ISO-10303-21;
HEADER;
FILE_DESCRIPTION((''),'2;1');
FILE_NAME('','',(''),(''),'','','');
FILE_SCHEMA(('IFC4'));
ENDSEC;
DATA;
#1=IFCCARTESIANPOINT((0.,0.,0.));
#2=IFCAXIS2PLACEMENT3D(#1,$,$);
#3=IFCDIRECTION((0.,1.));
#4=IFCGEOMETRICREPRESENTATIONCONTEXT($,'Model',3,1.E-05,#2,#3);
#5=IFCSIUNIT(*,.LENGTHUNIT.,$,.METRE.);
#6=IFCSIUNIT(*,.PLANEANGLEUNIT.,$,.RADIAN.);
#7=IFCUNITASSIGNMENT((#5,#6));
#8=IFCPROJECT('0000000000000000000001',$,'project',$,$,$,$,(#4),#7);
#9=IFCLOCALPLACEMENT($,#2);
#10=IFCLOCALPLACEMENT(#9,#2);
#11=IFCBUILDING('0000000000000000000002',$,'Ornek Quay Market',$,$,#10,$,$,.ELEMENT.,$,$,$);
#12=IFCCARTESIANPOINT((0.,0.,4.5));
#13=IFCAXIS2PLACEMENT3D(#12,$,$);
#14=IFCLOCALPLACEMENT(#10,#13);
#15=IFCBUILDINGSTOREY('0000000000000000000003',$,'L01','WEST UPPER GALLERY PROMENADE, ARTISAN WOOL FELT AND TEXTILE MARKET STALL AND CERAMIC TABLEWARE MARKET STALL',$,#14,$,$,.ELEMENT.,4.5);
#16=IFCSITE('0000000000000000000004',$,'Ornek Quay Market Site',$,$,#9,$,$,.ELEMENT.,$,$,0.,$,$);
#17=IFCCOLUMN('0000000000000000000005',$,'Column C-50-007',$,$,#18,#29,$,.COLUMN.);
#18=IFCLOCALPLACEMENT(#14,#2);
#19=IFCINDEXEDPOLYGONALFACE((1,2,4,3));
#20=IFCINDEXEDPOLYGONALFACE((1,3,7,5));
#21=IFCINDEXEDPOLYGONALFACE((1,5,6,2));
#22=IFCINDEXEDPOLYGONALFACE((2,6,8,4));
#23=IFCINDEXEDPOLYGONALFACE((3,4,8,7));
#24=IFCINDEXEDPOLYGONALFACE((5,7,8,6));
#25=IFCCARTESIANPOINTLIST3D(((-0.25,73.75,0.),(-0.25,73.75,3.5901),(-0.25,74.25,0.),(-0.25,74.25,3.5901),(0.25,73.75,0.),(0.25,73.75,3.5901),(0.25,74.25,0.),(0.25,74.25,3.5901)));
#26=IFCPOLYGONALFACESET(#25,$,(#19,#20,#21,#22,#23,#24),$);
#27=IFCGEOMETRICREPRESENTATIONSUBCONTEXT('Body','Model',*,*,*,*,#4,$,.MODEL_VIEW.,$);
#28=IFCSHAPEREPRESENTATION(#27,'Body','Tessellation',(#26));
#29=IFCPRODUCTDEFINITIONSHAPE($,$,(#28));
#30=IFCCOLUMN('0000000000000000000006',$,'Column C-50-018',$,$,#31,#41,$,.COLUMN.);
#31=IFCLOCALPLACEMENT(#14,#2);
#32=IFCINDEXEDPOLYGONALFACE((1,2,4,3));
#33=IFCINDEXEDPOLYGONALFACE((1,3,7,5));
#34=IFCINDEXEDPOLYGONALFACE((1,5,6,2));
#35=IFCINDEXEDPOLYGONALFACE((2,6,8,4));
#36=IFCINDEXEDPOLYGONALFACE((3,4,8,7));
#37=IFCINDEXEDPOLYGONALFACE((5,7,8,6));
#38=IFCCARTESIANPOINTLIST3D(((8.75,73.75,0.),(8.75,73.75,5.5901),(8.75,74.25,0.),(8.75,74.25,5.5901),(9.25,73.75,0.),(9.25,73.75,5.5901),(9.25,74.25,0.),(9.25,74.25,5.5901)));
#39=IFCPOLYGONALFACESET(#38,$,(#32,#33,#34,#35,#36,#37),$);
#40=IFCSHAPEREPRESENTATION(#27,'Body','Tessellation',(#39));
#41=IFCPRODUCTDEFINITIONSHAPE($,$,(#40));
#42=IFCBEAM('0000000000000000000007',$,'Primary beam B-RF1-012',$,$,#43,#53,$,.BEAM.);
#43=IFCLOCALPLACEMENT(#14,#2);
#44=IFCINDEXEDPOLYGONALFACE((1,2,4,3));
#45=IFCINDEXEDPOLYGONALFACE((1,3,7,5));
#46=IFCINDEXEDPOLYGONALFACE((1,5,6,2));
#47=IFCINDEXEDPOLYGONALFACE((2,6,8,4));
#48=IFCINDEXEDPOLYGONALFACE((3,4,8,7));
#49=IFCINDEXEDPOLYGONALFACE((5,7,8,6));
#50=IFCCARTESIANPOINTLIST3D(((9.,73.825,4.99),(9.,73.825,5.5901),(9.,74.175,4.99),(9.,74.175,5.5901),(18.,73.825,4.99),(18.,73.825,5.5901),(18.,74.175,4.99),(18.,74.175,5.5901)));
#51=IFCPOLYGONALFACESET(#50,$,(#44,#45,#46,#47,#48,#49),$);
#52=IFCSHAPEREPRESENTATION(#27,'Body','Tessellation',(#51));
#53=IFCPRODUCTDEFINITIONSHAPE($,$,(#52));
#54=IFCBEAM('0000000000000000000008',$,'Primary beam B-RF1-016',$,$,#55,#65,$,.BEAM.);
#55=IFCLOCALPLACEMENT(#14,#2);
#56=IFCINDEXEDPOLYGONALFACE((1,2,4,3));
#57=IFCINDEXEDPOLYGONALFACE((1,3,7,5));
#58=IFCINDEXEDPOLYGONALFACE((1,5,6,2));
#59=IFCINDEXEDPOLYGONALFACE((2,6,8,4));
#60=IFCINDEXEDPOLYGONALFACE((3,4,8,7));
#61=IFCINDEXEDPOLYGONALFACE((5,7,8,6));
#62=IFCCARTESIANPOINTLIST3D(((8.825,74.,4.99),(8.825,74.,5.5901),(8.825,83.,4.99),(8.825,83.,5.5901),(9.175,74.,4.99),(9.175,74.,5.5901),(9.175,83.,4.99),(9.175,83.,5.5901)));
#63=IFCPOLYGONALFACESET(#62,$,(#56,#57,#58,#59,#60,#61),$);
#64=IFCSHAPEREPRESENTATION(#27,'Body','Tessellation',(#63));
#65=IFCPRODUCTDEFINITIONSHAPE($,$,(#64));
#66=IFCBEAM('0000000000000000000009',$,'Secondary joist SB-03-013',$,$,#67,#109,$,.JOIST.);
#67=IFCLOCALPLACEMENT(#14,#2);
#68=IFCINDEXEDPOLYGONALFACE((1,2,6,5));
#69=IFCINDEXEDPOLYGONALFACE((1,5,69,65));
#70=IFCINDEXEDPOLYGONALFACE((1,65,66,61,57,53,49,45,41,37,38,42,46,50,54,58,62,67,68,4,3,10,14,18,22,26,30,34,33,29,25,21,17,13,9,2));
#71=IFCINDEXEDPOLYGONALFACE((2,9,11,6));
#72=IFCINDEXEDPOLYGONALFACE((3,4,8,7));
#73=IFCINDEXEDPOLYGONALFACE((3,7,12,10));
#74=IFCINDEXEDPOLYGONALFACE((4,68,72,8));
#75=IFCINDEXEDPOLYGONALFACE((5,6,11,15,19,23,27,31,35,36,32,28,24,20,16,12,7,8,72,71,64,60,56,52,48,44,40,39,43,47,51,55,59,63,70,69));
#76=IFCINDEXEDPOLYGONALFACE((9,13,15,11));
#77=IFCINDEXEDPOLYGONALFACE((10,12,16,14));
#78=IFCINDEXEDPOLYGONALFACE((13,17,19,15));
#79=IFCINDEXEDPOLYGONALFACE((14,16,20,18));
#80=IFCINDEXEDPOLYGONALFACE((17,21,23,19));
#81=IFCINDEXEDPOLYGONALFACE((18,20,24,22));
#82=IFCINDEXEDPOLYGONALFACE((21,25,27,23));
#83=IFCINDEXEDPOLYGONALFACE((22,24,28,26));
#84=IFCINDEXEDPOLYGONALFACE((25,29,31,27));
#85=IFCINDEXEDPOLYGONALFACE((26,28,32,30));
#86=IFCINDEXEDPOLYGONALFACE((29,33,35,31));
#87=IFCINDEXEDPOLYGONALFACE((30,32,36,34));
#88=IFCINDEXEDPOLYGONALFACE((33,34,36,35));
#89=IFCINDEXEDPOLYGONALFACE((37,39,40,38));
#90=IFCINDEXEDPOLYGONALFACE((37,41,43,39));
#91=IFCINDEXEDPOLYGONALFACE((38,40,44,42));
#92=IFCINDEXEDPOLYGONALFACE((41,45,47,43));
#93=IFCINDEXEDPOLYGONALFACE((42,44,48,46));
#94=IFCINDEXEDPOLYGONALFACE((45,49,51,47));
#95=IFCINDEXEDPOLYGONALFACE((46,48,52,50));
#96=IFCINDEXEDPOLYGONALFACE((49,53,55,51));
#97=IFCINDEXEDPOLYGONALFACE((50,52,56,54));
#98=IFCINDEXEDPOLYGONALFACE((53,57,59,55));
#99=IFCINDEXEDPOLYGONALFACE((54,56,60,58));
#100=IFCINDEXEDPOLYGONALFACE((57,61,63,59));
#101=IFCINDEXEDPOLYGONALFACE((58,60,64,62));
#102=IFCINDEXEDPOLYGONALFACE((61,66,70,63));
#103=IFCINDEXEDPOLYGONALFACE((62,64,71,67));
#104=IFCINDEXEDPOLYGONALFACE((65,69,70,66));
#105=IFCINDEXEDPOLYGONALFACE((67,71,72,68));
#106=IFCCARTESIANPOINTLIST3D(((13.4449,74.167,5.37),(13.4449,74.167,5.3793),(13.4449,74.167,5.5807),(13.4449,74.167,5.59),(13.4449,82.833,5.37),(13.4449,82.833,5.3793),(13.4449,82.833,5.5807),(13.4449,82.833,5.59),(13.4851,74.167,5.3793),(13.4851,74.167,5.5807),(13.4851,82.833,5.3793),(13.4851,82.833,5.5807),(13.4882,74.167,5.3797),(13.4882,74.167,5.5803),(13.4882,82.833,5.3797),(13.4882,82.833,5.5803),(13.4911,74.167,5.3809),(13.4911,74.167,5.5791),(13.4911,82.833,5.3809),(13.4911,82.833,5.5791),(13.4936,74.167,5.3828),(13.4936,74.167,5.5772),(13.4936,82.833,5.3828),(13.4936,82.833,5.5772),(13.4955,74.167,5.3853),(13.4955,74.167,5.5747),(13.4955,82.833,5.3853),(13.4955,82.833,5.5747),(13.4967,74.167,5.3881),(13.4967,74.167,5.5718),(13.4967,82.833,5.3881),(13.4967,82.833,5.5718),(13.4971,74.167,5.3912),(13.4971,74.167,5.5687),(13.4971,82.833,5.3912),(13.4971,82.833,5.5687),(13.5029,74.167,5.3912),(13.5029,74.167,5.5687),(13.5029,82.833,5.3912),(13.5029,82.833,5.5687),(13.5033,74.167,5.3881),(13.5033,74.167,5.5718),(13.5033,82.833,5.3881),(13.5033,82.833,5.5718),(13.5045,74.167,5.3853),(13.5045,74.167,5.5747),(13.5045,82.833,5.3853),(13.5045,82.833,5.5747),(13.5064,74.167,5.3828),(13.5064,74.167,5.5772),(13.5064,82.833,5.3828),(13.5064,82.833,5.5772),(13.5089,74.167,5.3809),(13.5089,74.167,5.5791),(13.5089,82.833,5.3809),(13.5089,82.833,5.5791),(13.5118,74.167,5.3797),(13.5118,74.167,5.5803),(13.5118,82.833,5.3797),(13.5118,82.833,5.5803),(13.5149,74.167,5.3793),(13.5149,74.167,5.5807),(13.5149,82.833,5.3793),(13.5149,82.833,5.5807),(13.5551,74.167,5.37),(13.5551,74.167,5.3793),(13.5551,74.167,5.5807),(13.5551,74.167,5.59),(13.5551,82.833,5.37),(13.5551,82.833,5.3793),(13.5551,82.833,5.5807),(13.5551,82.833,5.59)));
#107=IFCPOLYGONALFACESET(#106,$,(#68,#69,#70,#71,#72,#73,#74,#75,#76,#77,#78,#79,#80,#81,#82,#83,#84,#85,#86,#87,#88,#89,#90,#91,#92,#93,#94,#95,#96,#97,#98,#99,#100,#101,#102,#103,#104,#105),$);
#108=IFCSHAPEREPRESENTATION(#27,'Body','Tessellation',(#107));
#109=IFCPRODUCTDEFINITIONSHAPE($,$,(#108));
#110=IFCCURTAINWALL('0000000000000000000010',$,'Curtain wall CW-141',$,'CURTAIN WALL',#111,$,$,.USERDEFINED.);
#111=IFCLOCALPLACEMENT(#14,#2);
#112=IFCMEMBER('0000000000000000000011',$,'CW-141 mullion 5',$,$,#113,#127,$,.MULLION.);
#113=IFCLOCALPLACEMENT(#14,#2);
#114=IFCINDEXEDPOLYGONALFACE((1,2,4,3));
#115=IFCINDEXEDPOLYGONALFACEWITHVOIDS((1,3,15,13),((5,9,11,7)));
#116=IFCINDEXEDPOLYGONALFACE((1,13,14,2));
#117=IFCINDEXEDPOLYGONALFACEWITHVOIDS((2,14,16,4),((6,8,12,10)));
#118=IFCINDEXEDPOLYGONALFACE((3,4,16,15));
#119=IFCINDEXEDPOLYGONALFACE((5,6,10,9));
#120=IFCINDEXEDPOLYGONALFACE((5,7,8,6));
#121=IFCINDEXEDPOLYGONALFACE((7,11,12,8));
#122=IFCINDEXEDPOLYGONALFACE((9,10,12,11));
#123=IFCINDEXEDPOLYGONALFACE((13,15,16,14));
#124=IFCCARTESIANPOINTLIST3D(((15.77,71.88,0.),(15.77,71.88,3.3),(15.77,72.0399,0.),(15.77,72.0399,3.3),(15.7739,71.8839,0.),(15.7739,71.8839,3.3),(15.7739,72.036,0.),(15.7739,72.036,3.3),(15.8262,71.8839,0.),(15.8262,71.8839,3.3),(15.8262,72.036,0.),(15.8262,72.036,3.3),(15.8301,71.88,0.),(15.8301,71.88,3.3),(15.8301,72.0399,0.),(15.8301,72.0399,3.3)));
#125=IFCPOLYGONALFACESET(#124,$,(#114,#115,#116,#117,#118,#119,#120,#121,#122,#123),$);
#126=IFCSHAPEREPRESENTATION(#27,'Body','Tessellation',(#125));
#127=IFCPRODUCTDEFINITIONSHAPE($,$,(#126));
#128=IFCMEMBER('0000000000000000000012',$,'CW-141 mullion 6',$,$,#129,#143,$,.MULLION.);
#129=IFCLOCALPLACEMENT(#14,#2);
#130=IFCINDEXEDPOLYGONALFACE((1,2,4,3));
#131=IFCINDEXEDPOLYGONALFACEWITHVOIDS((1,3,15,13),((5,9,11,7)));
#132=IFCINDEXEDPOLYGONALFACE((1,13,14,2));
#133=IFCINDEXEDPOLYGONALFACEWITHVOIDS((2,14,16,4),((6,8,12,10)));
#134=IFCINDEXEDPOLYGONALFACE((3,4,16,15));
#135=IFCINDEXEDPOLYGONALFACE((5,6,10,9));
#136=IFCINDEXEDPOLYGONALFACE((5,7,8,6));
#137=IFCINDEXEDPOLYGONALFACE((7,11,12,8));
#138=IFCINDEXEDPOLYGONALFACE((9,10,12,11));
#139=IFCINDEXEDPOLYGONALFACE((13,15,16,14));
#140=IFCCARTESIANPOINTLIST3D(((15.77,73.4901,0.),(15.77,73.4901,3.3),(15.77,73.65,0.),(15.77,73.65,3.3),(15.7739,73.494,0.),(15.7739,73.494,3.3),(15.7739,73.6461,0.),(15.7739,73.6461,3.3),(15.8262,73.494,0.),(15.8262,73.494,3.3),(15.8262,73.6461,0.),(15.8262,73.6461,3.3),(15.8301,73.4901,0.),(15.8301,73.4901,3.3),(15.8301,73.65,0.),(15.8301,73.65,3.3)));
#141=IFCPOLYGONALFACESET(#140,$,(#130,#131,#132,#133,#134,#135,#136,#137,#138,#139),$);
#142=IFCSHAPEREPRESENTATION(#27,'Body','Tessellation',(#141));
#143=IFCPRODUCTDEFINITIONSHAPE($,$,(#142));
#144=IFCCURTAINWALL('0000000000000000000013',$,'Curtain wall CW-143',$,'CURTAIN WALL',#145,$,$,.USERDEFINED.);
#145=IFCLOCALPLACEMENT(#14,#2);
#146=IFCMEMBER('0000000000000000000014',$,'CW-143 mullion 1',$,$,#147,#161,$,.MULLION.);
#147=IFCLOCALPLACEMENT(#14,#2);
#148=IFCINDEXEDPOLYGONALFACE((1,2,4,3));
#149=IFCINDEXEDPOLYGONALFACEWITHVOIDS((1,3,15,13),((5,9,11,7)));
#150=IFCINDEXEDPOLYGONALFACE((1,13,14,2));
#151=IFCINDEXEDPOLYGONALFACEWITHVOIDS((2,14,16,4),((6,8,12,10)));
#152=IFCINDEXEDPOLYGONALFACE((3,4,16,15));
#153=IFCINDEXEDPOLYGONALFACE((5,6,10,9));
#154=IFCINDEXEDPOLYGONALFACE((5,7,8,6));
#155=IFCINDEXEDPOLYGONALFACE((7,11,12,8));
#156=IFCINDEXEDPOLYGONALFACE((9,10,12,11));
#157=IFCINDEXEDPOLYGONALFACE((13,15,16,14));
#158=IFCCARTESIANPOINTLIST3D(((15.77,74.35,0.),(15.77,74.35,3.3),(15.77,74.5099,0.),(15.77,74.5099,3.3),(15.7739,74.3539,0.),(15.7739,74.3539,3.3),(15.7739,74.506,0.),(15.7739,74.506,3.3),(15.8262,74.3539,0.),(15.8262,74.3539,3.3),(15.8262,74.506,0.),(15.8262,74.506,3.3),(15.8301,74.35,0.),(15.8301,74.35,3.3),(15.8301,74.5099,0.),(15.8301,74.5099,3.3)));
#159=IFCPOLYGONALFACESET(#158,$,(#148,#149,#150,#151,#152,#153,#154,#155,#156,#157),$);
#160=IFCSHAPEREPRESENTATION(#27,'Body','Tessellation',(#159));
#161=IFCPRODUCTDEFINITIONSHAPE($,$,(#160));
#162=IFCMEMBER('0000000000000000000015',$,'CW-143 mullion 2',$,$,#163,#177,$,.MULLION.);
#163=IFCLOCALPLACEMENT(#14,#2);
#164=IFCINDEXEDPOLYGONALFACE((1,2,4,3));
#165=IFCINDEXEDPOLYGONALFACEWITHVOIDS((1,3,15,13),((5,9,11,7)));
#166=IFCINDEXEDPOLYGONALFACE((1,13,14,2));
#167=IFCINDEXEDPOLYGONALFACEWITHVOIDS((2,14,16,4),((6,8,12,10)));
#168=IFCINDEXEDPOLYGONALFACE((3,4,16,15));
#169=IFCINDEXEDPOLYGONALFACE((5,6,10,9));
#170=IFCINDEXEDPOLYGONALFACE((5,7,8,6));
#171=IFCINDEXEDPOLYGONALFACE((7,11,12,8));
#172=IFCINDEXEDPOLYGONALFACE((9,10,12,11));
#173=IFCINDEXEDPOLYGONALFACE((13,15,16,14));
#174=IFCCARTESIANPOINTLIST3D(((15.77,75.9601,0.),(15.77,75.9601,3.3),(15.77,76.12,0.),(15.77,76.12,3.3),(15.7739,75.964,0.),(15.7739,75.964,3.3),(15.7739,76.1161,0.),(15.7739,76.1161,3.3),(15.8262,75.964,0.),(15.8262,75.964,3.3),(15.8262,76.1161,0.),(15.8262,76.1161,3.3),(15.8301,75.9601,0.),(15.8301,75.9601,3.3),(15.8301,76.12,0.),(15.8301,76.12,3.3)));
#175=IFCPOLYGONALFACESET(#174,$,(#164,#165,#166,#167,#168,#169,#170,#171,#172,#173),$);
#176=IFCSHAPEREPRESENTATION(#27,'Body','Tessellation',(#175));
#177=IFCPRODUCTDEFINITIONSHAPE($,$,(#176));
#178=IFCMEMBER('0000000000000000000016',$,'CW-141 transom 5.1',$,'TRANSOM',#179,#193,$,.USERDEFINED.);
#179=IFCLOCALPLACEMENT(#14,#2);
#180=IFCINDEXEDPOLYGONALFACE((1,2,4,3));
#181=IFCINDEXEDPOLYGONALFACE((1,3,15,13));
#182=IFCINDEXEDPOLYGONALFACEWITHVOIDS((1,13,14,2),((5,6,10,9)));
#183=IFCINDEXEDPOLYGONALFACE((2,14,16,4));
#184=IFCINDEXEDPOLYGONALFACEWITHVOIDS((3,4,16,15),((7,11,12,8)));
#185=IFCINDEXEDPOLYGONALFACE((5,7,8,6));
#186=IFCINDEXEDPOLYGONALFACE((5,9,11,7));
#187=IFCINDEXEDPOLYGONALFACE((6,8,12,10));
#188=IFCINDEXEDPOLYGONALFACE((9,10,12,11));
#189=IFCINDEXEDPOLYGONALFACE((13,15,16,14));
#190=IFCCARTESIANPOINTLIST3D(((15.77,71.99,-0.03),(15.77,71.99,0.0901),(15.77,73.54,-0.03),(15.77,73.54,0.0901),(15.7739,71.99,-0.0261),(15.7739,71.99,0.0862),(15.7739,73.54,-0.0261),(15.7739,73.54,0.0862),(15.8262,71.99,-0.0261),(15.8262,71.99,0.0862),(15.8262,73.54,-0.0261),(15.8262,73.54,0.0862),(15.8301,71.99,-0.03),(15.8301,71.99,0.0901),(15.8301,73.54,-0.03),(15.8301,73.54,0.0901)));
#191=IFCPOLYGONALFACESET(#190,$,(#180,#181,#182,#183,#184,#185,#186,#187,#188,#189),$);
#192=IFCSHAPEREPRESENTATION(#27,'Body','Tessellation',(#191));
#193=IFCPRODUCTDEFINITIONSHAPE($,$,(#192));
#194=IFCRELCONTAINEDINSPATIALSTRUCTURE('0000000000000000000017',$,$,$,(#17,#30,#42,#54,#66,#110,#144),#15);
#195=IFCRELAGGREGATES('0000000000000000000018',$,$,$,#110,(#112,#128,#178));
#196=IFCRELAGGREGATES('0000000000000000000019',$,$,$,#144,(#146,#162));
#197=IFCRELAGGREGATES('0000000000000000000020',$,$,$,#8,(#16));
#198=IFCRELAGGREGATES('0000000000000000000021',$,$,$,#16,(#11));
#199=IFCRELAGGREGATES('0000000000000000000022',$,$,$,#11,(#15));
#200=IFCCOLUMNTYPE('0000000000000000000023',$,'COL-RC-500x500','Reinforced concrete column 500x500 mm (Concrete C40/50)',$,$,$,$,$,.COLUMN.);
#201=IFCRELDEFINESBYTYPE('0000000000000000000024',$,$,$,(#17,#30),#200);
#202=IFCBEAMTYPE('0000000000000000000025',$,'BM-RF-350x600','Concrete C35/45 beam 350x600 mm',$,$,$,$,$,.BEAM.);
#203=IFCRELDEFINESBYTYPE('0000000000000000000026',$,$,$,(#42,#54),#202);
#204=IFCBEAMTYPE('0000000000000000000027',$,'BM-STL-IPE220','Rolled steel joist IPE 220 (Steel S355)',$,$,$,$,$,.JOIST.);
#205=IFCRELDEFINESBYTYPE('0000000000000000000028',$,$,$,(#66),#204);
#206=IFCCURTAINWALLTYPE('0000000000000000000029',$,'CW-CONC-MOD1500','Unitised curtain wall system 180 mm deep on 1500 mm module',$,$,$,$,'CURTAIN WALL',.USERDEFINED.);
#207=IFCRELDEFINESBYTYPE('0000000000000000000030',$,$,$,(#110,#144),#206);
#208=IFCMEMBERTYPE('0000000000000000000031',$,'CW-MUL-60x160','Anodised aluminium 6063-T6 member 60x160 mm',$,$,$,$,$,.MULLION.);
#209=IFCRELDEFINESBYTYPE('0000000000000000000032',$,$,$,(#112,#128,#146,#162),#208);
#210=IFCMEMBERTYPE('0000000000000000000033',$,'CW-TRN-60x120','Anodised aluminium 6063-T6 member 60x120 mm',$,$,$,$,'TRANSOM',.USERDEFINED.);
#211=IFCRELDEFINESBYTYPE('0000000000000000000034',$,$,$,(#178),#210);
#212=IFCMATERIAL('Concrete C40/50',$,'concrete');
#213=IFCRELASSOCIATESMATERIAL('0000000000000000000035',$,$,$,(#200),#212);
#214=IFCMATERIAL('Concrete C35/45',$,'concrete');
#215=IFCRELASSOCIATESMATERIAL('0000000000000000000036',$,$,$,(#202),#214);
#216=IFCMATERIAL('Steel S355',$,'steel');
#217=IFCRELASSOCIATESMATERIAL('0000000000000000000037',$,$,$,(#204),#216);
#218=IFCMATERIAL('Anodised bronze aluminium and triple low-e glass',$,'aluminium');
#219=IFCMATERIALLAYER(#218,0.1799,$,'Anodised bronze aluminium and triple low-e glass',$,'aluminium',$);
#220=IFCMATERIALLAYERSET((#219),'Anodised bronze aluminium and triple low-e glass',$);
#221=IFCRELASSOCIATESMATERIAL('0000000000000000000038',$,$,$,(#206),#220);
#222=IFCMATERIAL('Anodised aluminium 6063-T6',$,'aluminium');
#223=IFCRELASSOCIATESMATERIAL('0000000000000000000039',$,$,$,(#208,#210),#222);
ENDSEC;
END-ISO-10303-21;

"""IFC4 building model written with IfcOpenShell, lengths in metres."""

from ifc_helpers import new_model, si_unit, direction, frame, origin, origin_2d, place, context, subcontext, project, spatial, rectangle, hollow_rectangle, i_section, extrude, material, layer, layer_set, material_profile, profile_set, type_object, element, aggregate, save


model = new_model("IFC4")

# Units and contexts
model_context = context("Model", 3, precision=1e-05, world=origin(), true_north=direction((0.0, 1.0)))
body_context = subcontext(model_context, "Body", "Model", "MODEL_VIEW")
ifc_project = project(units=[si_unit("LENGTHUNIT", "METRE"), si_unit("PLANEANGLEUNIT", "RADIAN")], contexts=[model_context])

# Site, building, storey
site_placement = place(None, origin())
site = spatial("IfcSite", under=ifc_project, at=site_placement, Name="Ornek Quay Market Site", CompositionType="ELEMENT", RefElevation=0.0)
building_placement = place(site_placement, origin())
building = spatial("IfcBuilding", under=site, at=building_placement, Name="Ornek Quay Market", CompositionType="ELEMENT")
storey_placement = place(building_placement, frame((0.0, 0.0, 4.5)))
storey = spatial("IfcBuildingStorey", under=building, at=storey_placement, Name="L01", Description="WEST UPPER GALLERY PROMENADE, ARTISAN WOOL FELT AND TEXTILE MARKET STALL AND CERAMIC TABLEWARE MARKET STALL", CompositionType="ELEMENT", Elevation=4.5)

# Columns
ifc_material_1 = material(Name="Concrete C40/50", Category="concrete")
ifc_material_profile_1 = material_profile(ifc_material_1, rectangle(XDim=0.5, YDim=0.5, at=origin_2d()), Name="RC 500x500", Category="concrete")
ifc_profile_set_1 = profile_set([ifc_material_profile_1], Name="Concrete C40/50")
column_type = type_object("IfcColumnType", Name="COL-RC-500x500", Description="Reinforced concrete column 500x500 mm (Concrete C40/50)", PredefinedType="COLUMN", material=ifc_profile_set_1)
column_1_placement = place(storey_placement, frame((0.0, 74.0, 0.0), z_axis=(0.0, 0.0, 1.0), x_axis=(1.0, 0.0, 0.0)))
element("IfcColumn", 1, at=column_1_placement, inside=storey, type_object=column_type, Name="Column C-50-007", PredefinedType="COLUMN", context=body_context, shape_type="SweptSolid", body=[
    extrude(rectangle(XDim=0.5, YDim=0.5, at=origin_2d()), origin(), (0.0, 0.0, 1.0), 3.5901),
])
column_2_placement = place(storey_placement, frame((9.0, 74.0, 0.0), z_axis=(0.0, 0.0, 1.0), x_axis=(1.0, 0.0, 0.0)))
element("IfcColumn", 2, at=column_2_placement, inside=storey, type_object=column_type, Name="Column C-50-018", PredefinedType="COLUMN", context=body_context, shape_type="SweptSolid", body=[
    extrude(rectangle(XDim=0.5, YDim=0.5, at=origin_2d()), origin(), (0.0, 0.0, 1.0), 5.5901),
])

# Beams
ifc_material_2 = material(Name="Concrete C35/45", Category="concrete")
ifc_material_profile_2 = material_profile(ifc_material_2, rectangle(XDim=0.3501, YDim=0.6001, at=origin_2d()), Name="RC 350x600", Category="concrete")
ifc_profile_set_2 = profile_set([ifc_material_profile_2], Name="Concrete C35/45")
beam_type_1 = type_object("IfcBeamType", Name="BM-RF-350x600", Description="Concrete C35/45 beam 350x600 mm", PredefinedType="BEAM", material=ifc_profile_set_2)
for number, where, z_axis, x_axis, name in (
    (3, (9.0, 74.0, 5.29), (1.0, 0.0, 0.0), (0.0, 1.0, 0.0), "Primary beam B-RF1-012"),
    (4, (9.0, 74.0, 5.29), (0.0, 1.0, 0.0), (-1.0, 0.0, 0.0), "Primary beam B-RF1-016"),
):
    element("IfcBeam", number, at=place(storey_placement, frame(where, z_axis=z_axis, x_axis=x_axis)), inside=storey, type_object=beam_type_1, Name=name, PredefinedType="BEAM", context=body_context, shape_type="SweptSolid", body=[
        extrude(rectangle(XDim=0.3501, YDim=0.6001, at=origin_2d()), origin(), (0.0, 0.0, 1.0), 9.0),
    ])
ifc_material_3 = material(Name="Steel S355", Category="steel")
ifc_material_profile_3 = material_profile(ifc_material_3, i_section(OverallWidth=0.1101, OverallDepth=0.22, WebThickness=0.0059, FlangeThickness=0.0093, FilletRadius=0.012, at=origin_2d()), Name="IPE 220", Category="steel")
ifc_profile_set_3 = profile_set([ifc_material_profile_3], Name="Steel S355")
beam_type_2 = type_object("IfcBeamType", Name="BM-STL-IPE220", Description="Rolled steel joist IPE 220 (Steel S355)", PredefinedType="JOIST", material=ifc_profile_set_3)
beam_placement = place(storey_placement, frame((13.5, 74.167, 5.48), z_axis=(0.0, 1.0, 0.0), x_axis=(-1.0, 0.0, 0.0)))
element("IfcBeam", 5, at=beam_placement, inside=storey, type_object=beam_type_2, Name="Secondary joist SB-03-013", PredefinedType="JOIST", context=body_context, shape_type="SweptSolid", body=[
    extrude(i_section(OverallWidth=0.1101, OverallDepth=0.22, WebThickness=0.0059, FlangeThickness=0.0093, FilletRadius=0.012, at=origin_2d()), origin(), (0.0, 0.0, 1.0), 8.666),
])

# Curtain walls, members
ifc_material_4 = material(Name="Anodised bronze aluminium and triple low-e glass", Category="aluminium")
ifc_layer_1 = layer(ifc_material_4, 0.1799, Name="Anodised bronze aluminium and triple low-e glass", Category="aluminium")
ifc_layer_set_1 = layer_set([ifc_layer_1], Name="Anodised bronze aluminium and triple low-e glass")
curtain_wall_type = type_object("IfcCurtainWallType", Name="CW-CONC-MOD1500", Description="Unitised curtain wall system 180 mm deep on 1500 mm module", ElementType="CURTAIN WALL", PredefinedType="USERDEFINED", material=ifc_layer_set_1)
curtain_wall_1_placement = place(storey_placement, origin())
curtain_wall_1 = element("IfcCurtainWall", 6, at=curtain_wall_1_placement, inside=storey, type_object=curtain_wall_type, Name="Curtain wall CW-141", ObjectType="CURTAIN WALL", PredefinedType="USERDEFINED")
ifc_material_5 = material(Name="Anodised aluminium 6063-T6", Category="aluminium")
ifc_material_profile_4 = material_profile(ifc_material_5, hollow_rectangle(XDim=0.0601, YDim=0.1599, WallThickness=0.0039, at=origin_2d()), Name="CW-MUL-60x160", Category="aluminium")
ifc_profile_set_4 = profile_set([ifc_material_profile_4], Name="Anodised aluminium 6063-T6")
member_type_1 = type_object("IfcMemberType", Name="CW-MUL-60x160", Description="Anodised aluminium 6063-T6 member 60x160 mm", PredefinedType="MULLION", material=ifc_profile_set_4)
member_1_placement = place(storey_placement, frame((15.8, 71.96, 0.0), z_axis=(0.0, 0.0, 1.0), x_axis=(-1.0, 0.0, 0.0)))
member_1 = element("IfcMember", 7, at=member_1_placement, type_object=member_type_1, Name="CW-141 mullion 5", PredefinedType="MULLION", context=body_context, shape_type="SweptSolid", body=[
    extrude(hollow_rectangle(XDim=0.0601, YDim=0.1599, WallThickness=0.0039, at=origin_2d()), origin(), (0.0, 0.0, 1.0), 3.3),
])
member_2_placement = place(storey_placement, frame((15.8, 73.5701, 0.0), z_axis=(0.0, 0.0, 1.0), x_axis=(-1.0, 0.0, 0.0)))
member_2 = element("IfcMember", 8, at=member_2_placement, type_object=member_type_1, Name="CW-141 mullion 6", PredefinedType="MULLION", context=body_context, shape_type="SweptSolid", body=[
    extrude(hollow_rectangle(XDim=0.0601, YDim=0.1599, WallThickness=0.0039, at=origin_2d()), origin(), (0.0, 0.0, 1.0), 3.3),
])
curtain_wall_2_placement = place(storey_placement, origin())
curtain_wall_2 = element("IfcCurtainWall", 9, at=curtain_wall_2_placement, inside=storey, type_object=curtain_wall_type, Name="Curtain wall CW-143", ObjectType="CURTAIN WALL", PredefinedType="USERDEFINED")
member_3_placement = place(storey_placement, frame((15.8, 74.4299, 0.0), z_axis=(0.0, 0.0, 1.0), x_axis=(-1.0, 0.0, 0.0)))
member_3 = element("IfcMember", 10, at=member_3_placement, type_object=member_type_1, Name="CW-143 mullion 1", PredefinedType="MULLION", context=body_context, shape_type="SweptSolid", body=[
    extrude(hollow_rectangle(XDim=0.0601, YDim=0.1599, WallThickness=0.0039, at=origin_2d()), origin(), (0.0, 0.0, 1.0), 3.3),
])
member_4_placement = place(storey_placement, frame((15.8, 76.04, 0.0), z_axis=(0.0, 0.0, 1.0), x_axis=(-1.0, 0.0, 0.0)))
member_4 = element("IfcMember", 11, at=member_4_placement, type_object=member_type_1, Name="CW-143 mullion 2", PredefinedType="MULLION", context=body_context, shape_type="SweptSolid", body=[
    extrude(hollow_rectangle(XDim=0.0601, YDim=0.1599, WallThickness=0.0039, at=origin_2d()), origin(), (0.0, 0.0, 1.0), 3.3),
])

# Member
ifc_material_profile_5 = material_profile(ifc_material_5, hollow_rectangle(XDim=0.0601, YDim=0.1201, WallThickness=0.0039, at=origin_2d()), Name="CW-TRN-60x120", Category="aluminium")
ifc_profile_set_5 = profile_set([ifc_material_profile_5], Name="Anodised aluminium 6063-T6")
member_type_2 = type_object("IfcMemberType", Name="CW-TRN-60x120", Description="Anodised aluminium 6063-T6 member 60x120 mm", ElementType="TRANSOM", PredefinedType="USERDEFINED", material=ifc_profile_set_5)
member_5_placement = place(storey_placement, frame((15.8, 71.99, 0.03), z_axis=(0.0, 1.0, 0.0), x_axis=(-1.0, 0.0, 0.0)))
member_5 = element("IfcMember", 12, at=member_5_placement, type_object=member_type_2, Name="CW-141 transom 5.1", ObjectType="TRANSOM", PredefinedType="USERDEFINED", context=body_context, shape_type="SweptSolid", body=[
    extrude(hollow_rectangle(XDim=0.0601, YDim=0.1201, WallThickness=0.0039, at=origin_2d()), origin(), (0.0, 0.0, 1.0), 1.55),
])

aggregate(curtain_wall_1, [member_1, member_2, member_5])
aggregate(curtain_wall_2, [member_3, member_4])

save(model, "model.ifc")
